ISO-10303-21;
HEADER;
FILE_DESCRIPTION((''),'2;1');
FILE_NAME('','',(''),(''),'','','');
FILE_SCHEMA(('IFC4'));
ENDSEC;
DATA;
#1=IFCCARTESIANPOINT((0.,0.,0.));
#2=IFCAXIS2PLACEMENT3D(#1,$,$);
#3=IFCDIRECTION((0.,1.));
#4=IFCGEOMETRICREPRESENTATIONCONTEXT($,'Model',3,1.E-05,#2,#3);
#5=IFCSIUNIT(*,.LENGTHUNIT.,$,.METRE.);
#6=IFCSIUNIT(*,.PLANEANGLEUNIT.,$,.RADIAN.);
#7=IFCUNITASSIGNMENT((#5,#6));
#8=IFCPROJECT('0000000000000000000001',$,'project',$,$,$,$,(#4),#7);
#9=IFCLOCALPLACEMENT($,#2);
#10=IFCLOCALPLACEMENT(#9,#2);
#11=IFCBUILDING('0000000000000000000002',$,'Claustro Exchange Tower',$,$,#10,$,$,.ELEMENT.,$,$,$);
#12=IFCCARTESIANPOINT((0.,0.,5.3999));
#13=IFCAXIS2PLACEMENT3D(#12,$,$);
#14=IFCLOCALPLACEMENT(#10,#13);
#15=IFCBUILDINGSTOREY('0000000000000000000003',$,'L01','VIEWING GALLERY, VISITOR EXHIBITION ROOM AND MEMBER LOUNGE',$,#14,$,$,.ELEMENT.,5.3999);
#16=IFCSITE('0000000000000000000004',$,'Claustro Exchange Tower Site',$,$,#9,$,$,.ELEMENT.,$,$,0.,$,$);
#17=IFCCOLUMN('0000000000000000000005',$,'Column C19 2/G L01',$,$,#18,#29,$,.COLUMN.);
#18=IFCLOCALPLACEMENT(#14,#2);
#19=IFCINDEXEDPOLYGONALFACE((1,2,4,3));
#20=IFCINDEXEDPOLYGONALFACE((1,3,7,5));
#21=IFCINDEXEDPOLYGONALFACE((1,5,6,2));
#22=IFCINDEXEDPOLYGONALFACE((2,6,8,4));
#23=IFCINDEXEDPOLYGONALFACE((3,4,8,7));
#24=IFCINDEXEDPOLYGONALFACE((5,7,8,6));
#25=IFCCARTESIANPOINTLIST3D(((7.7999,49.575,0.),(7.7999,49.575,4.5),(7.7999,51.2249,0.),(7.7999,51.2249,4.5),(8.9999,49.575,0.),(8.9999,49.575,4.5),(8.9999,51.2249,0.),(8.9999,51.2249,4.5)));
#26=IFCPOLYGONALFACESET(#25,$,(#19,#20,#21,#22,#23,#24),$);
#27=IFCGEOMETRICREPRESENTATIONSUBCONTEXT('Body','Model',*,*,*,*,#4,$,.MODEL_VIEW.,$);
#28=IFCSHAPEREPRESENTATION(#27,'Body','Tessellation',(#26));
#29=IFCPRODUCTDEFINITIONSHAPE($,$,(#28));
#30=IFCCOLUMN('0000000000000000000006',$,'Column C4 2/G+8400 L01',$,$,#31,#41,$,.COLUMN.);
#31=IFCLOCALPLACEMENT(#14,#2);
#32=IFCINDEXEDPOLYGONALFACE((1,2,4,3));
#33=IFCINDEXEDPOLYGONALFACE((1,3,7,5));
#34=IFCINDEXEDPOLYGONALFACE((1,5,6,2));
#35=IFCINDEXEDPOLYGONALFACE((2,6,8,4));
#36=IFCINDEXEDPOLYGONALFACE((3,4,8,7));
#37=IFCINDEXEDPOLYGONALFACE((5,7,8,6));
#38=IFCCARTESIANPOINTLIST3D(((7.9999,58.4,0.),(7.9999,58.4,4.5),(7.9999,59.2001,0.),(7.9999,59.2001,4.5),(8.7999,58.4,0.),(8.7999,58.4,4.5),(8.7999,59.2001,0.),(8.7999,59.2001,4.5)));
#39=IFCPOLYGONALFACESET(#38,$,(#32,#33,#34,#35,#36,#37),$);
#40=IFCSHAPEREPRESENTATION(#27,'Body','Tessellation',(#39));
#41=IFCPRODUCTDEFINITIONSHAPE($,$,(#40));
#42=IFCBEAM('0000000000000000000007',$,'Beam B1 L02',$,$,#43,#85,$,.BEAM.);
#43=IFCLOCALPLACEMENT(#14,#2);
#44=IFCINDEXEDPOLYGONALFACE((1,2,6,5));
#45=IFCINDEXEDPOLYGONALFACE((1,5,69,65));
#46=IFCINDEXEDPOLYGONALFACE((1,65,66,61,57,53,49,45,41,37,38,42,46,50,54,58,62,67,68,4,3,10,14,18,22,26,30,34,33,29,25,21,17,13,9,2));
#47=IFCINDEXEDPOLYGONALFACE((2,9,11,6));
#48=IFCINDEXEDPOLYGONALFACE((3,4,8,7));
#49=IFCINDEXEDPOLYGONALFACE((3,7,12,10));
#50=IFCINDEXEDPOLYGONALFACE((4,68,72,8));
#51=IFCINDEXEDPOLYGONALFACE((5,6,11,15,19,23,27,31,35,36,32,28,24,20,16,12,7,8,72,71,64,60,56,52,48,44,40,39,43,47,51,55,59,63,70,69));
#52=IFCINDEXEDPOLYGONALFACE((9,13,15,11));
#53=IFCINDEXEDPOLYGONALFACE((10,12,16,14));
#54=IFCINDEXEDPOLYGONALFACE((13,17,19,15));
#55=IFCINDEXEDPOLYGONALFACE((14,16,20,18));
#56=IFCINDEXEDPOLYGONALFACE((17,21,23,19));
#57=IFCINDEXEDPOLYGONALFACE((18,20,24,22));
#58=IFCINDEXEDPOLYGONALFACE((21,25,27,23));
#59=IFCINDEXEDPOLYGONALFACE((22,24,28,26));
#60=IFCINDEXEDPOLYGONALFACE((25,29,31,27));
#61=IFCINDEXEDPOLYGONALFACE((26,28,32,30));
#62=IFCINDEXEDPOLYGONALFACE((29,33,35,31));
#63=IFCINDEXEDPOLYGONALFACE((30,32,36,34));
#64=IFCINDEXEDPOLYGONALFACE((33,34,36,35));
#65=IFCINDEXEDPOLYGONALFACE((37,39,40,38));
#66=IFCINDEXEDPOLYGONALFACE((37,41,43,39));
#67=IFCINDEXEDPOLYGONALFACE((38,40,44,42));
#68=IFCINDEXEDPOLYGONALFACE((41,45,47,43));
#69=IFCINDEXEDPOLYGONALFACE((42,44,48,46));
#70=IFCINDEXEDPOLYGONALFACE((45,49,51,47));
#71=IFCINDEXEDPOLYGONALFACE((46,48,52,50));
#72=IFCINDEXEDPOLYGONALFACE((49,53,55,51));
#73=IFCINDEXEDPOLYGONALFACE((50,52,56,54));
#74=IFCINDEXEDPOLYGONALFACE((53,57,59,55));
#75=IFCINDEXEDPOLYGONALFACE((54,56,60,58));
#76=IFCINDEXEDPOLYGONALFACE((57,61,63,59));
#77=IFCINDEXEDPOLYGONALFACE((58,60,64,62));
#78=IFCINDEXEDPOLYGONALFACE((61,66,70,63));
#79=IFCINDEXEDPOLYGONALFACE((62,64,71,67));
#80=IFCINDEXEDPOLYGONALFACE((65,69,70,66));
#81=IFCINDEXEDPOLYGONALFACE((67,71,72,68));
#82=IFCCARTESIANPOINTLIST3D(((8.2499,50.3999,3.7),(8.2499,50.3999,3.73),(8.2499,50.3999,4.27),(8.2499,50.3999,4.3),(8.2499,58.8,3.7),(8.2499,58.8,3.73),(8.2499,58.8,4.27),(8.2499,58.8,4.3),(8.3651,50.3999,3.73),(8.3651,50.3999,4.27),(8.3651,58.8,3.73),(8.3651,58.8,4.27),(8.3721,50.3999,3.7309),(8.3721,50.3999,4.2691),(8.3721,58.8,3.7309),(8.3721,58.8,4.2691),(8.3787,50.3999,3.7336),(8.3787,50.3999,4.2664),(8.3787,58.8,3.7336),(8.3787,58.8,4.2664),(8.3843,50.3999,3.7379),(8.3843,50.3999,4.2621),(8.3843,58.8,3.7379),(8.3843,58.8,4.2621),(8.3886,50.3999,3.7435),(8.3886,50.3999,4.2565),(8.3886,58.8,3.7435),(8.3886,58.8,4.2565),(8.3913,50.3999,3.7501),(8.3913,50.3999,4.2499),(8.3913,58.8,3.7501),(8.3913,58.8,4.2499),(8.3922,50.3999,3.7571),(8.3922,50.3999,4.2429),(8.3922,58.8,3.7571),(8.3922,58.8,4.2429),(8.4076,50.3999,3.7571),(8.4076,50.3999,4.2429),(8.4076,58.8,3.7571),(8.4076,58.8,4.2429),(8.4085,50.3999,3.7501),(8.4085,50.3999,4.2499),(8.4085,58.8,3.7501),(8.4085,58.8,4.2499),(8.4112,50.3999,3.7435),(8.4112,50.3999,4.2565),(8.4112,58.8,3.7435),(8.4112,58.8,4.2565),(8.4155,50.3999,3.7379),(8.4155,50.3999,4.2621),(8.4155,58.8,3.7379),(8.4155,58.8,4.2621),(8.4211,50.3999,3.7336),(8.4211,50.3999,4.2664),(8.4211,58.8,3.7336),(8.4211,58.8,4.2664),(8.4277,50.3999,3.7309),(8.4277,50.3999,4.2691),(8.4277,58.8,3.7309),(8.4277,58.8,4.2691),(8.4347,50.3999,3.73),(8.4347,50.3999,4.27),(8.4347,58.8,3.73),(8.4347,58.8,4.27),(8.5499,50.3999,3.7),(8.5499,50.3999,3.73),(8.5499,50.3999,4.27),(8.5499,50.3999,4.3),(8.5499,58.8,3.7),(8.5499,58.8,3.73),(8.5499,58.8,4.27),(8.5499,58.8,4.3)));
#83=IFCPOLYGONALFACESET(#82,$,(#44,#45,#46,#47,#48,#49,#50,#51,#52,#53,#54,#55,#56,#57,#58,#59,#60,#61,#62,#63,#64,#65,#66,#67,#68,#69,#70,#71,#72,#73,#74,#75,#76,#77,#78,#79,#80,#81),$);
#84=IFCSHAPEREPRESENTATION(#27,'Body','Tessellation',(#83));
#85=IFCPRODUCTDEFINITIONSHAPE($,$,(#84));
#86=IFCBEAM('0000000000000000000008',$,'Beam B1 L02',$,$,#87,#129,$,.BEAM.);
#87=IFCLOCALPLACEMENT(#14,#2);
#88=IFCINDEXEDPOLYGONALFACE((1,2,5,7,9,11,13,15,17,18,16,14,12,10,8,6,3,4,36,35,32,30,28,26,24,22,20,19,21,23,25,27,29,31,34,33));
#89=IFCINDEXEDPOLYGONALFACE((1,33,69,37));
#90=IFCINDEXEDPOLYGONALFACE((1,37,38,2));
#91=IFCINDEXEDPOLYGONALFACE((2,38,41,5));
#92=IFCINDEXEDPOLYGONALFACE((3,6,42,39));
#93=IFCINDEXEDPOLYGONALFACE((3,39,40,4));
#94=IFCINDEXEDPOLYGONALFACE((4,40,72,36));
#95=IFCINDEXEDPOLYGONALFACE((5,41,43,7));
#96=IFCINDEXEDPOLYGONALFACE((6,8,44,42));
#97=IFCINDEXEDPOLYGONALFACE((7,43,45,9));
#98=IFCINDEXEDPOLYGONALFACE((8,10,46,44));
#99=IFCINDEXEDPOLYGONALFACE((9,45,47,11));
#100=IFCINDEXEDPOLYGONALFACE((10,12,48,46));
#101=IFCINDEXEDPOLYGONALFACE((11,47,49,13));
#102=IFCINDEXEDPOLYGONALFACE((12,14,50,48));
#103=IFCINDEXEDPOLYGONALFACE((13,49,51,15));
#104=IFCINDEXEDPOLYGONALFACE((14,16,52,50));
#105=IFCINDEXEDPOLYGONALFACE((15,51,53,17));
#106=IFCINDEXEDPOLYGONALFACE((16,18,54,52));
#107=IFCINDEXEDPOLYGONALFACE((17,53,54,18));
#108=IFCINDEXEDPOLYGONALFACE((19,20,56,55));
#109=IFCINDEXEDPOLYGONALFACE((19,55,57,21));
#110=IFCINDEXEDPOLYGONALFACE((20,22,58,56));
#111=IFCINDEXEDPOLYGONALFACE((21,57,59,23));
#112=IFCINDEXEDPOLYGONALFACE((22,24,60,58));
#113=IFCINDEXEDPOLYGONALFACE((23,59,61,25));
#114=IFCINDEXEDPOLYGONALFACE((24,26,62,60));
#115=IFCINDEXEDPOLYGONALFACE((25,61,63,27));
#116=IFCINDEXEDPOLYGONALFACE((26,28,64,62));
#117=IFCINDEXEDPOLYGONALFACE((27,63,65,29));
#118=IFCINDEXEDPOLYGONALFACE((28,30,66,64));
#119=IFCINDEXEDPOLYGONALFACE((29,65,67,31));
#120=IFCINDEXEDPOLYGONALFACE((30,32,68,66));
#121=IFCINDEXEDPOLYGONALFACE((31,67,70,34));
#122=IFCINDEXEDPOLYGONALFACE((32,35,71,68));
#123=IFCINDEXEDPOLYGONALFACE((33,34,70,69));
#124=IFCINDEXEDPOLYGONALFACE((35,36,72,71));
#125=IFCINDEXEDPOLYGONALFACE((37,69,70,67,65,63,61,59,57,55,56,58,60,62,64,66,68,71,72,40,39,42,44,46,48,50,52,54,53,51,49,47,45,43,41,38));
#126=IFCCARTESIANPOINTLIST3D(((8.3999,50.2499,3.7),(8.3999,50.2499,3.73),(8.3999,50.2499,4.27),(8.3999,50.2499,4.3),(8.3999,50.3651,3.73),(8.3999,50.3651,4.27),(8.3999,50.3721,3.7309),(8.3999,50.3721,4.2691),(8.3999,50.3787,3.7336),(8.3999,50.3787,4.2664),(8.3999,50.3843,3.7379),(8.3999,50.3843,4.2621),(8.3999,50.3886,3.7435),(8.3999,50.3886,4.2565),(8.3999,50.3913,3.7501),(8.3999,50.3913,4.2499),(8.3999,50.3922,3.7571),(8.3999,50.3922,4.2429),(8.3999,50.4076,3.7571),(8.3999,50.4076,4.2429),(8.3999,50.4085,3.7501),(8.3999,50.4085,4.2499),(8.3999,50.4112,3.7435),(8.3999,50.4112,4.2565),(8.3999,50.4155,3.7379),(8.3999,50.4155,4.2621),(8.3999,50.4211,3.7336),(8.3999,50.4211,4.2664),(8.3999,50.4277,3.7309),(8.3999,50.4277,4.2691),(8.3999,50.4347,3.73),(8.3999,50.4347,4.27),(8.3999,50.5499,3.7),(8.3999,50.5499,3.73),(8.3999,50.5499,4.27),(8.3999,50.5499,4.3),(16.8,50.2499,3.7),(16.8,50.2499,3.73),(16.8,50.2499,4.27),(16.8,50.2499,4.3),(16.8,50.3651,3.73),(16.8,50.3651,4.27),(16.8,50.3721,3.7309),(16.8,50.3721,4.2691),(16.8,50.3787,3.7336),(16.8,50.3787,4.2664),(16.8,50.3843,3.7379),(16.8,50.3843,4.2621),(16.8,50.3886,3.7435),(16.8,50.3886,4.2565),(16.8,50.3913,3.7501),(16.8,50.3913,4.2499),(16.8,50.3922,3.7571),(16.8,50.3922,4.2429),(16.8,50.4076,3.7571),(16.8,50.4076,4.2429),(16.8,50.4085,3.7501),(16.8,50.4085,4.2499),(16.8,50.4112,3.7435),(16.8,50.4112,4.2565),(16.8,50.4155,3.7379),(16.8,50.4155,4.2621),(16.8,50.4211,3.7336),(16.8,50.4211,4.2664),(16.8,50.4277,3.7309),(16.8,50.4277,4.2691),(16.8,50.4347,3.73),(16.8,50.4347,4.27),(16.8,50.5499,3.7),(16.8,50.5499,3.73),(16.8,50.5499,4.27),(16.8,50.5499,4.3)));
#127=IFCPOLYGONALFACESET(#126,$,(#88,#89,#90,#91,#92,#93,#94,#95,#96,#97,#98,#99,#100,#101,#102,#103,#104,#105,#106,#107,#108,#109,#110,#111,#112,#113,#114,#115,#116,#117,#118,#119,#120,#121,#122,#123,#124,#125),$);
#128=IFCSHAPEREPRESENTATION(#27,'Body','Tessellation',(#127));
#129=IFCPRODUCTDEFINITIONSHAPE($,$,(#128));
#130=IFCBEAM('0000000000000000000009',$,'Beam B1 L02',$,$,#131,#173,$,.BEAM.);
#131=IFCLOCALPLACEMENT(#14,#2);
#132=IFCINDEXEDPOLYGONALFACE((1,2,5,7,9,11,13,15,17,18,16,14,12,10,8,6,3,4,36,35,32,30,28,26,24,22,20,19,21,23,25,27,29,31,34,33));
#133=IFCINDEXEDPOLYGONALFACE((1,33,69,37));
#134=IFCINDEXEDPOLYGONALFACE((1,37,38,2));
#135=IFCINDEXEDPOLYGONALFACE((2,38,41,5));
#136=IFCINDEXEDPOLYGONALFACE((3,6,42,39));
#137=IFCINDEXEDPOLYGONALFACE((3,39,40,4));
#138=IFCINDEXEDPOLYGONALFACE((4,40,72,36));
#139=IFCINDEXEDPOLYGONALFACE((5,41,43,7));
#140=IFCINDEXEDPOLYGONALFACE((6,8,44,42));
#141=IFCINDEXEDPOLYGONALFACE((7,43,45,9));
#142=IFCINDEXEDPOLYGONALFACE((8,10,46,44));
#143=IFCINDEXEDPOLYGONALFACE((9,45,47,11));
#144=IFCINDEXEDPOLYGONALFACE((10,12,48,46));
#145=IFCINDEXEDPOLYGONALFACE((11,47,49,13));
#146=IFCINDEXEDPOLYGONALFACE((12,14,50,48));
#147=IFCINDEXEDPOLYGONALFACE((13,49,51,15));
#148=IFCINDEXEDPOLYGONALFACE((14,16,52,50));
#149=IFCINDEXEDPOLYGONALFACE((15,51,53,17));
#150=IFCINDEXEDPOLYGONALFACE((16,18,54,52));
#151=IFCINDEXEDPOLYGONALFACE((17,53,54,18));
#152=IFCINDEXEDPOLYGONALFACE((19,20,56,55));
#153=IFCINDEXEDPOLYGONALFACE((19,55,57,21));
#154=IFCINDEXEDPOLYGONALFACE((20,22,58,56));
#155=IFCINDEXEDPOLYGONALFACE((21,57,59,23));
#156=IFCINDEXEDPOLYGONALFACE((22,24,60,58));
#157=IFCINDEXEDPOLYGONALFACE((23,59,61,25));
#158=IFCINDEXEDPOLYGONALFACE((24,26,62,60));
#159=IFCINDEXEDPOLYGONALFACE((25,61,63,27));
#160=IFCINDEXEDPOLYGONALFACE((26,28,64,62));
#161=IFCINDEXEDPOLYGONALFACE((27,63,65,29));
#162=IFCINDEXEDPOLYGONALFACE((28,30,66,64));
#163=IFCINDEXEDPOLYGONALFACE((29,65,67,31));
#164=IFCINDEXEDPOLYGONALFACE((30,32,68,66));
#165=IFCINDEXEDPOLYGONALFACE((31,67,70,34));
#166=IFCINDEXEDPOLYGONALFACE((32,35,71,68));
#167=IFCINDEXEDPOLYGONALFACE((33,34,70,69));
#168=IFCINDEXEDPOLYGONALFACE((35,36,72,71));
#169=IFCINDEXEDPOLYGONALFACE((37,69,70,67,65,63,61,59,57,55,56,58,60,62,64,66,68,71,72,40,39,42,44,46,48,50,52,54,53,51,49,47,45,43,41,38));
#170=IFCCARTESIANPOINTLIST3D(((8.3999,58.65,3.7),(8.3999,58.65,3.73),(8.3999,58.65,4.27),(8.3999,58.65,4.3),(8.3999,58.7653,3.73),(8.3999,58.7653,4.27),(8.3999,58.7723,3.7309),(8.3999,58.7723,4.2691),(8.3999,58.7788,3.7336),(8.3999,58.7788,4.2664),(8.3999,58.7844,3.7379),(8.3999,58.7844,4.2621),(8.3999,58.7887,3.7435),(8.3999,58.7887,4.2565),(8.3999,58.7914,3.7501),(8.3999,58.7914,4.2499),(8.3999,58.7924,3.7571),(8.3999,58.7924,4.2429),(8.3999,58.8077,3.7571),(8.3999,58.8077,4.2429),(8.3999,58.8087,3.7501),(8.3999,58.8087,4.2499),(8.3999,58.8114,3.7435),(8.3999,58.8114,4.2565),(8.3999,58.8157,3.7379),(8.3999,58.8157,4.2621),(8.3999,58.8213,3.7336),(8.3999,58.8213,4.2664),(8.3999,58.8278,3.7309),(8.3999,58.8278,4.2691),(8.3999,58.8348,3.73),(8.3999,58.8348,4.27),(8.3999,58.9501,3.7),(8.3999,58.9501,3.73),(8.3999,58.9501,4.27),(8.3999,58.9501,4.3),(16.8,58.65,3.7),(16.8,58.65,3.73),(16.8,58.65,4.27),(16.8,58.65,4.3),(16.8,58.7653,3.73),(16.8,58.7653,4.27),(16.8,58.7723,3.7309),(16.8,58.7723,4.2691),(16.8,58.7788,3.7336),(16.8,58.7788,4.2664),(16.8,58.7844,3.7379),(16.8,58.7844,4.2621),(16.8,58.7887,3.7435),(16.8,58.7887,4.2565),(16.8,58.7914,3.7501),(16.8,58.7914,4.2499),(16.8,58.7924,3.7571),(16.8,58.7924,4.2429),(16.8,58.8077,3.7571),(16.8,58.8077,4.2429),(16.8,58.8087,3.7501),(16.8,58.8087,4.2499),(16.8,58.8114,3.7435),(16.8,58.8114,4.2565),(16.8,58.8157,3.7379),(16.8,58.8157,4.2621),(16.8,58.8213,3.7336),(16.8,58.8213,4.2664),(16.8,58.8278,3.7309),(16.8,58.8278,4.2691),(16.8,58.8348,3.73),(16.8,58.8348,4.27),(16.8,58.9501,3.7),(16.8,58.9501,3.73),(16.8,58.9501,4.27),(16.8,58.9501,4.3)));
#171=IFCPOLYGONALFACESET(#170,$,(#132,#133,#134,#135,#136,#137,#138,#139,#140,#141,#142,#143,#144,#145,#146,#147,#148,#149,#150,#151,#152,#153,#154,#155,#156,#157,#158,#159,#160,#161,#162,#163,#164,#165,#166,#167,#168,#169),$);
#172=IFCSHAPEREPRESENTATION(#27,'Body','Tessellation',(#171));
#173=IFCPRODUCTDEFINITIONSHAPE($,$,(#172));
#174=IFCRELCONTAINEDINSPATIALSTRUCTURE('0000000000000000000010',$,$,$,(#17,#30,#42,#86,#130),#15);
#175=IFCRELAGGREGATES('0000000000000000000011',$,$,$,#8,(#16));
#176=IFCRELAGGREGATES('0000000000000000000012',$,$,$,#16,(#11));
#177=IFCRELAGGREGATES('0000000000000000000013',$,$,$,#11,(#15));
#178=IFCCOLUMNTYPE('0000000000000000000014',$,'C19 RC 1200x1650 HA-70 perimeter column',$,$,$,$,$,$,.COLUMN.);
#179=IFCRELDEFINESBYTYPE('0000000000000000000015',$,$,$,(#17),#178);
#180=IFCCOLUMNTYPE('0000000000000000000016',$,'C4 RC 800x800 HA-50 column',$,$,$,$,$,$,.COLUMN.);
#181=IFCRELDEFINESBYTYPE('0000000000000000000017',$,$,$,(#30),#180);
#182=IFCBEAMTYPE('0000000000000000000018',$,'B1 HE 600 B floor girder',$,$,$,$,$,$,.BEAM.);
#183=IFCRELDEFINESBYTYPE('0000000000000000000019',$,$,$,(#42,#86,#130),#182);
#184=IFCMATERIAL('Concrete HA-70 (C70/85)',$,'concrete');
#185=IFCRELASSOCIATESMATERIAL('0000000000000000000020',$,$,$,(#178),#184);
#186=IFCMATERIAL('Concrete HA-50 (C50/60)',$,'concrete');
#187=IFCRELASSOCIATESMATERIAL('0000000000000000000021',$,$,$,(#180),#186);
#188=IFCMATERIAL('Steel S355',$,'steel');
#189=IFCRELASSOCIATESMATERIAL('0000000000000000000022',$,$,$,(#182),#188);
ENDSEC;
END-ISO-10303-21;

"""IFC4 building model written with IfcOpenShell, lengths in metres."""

from ifc_helpers import new_model, si_unit, direction, frame, origin, origin_2d, place, context, subcontext, project, spatial, rectangle, i_section, extrude, material, material_profile, profile_set, type_object, element, save


model = new_model("IFC4")

# Units and contexts
model_context = context("Model", 3, precision=1e-05, world=origin(), true_north=direction((0.0, 1.0)))
body_context = subcontext(model_context, "Body", "Model", "MODEL_VIEW")
ifc_project = project(units=[si_unit("LENGTHUNIT", "METRE"), si_unit("PLANEANGLEUNIT", "RADIAN")], contexts=[model_context])

# Site, building, storey
site_placement = place(None, origin())
site = spatial("IfcSite", under=ifc_project, at=site_placement, Name="Claustro Exchange Tower Site", CompositionType="ELEMENT", RefElevation=0.0)
building_placement = place(site_placement, origin())
building = spatial("IfcBuilding", under=site, at=building_placement, Name="Claustro Exchange Tower", CompositionType="ELEMENT")
storey_placement = place(building_placement, frame((0.0, 0.0, 5.3999)))
storey = spatial("IfcBuildingStorey", under=building, at=storey_placement, Name="L01", Description="VIEWING GALLERY, VISITOR EXHIBITION ROOM AND MEMBER LOUNGE", CompositionType="ELEMENT", Elevation=5.3999)

# Columns
ifc_material_1 = material(Name="Concrete HA-70 (C70/85)", Category="concrete")
ifc_material_profile_1 = material_profile(ifc_material_1, rectangle(XDim=1.2, YDim=1.6499, at=origin_2d()), Name="RC 1200x1650")
ifc_profile_set_1 = profile_set([ifc_material_profile_1], Name="Concrete HA-70 (C70/85)")
column_type_1 = type_object("IfcColumnType", Name="C19 RC 1200x1650 HA-70 perimeter column", PredefinedType="COLUMN", material=ifc_profile_set_1)
column_1_placement = place(storey_placement, frame((8.3999, 50.3999, 0.0), z_axis=(0.0, 0.0, 1.0), x_axis=(1.0, 0.0, 0.0)))
element("IfcColumn", 1, at=column_1_placement, inside=storey, type_object=column_type_1, Name="Column C19 2/G L01", PredefinedType="COLUMN", context=body_context, shape_type="SweptSolid", body=[
    extrude(rectangle(XDim=1.2, YDim=1.6499, at=origin_2d()), origin(), (0.0, 0.0, 1.0), 4.5),
])
ifc_material_2 = material(Name="Concrete HA-50 (C50/60)", Category="concrete")
ifc_material_profile_2 = material_profile(ifc_material_2, rectangle(XDim=0.8, YDim=0.8, at=origin_2d()), Name="RC 800x800")
ifc_profile_set_2 = profile_set([ifc_material_profile_2], Name="Concrete HA-50 (C50/60)")
column_type_2 = type_object("IfcColumnType", Name="C4 RC 800x800 HA-50 column", PredefinedType="COLUMN", material=ifc_profile_set_2)
column_2_placement = place(storey_placement, frame((8.3999, 58.8, 0.0), z_axis=(0.0, 0.0, 1.0), x_axis=(1.0, 0.0, 0.0)))
element("IfcColumn", 2, at=column_2_placement, inside=storey, type_object=column_type_2, Name="Column C4 2/G+8400 L01", PredefinedType="COLUMN", context=body_context, shape_type="SweptSolid", body=[
    extrude(rectangle(XDim=0.8, YDim=0.8, at=origin_2d()), origin(), (0.0, 0.0, 1.0), 4.5),
])

# Beams
ifc_material_3 = material(Name="Steel S355", Category="steel")
ifc_material_profile_3 = material_profile(ifc_material_3, i_section(OverallWidth=0.3, OverallDepth=0.6001, WebThickness=0.0154, FlangeThickness=0.03, FilletRadius=0.0271, at=origin_2d()), Name="HE 600 B")
ifc_profile_set_3 = profile_set([ifc_material_profile_3], Name="Steel S355")
beam_type_1 = type_object("IfcBeamType", Name="B1 HE 600 B floor girder", PredefinedType="BEAM", material=ifc_profile_set_3)
for number, where, z_axis, x_axis, name in (
    (3, (8.3999, 50.3999, 4.0), (0.0, 1.0, 0.0), (-1.0, 0.0, 0.0), "Beam B1 L02"),
    (4, (8.3999, 50.3999, 4.0), (1.0, 0.0, 0.0), (0.0, 1.0, 0.0), "Beam B1 L02"),
    (5, (8.3999, 58.8, 4.0), (1.0, 0.0, 0.0), (0.0, 1.0, 0.0), "Beam B1 L02"),
):
    element("IfcBeam", number, at=place(storey_placement, frame(where, z_axis=z_axis, x_axis=x_axis)), inside=storey, type_object=beam_type_1, Name=name, PredefinedType="BEAM", context=body_context, shape_type="SweptSolid", body=[
        extrude(i_section(OverallWidth=0.3, OverallDepth=0.6001, WebThickness=0.0154, FlangeThickness=0.03, FilletRadius=0.0271, at=origin_2d()), origin(), (0.0, 0.0, 1.0), 8.4001),
    ])

save(model, "model.ifc")
